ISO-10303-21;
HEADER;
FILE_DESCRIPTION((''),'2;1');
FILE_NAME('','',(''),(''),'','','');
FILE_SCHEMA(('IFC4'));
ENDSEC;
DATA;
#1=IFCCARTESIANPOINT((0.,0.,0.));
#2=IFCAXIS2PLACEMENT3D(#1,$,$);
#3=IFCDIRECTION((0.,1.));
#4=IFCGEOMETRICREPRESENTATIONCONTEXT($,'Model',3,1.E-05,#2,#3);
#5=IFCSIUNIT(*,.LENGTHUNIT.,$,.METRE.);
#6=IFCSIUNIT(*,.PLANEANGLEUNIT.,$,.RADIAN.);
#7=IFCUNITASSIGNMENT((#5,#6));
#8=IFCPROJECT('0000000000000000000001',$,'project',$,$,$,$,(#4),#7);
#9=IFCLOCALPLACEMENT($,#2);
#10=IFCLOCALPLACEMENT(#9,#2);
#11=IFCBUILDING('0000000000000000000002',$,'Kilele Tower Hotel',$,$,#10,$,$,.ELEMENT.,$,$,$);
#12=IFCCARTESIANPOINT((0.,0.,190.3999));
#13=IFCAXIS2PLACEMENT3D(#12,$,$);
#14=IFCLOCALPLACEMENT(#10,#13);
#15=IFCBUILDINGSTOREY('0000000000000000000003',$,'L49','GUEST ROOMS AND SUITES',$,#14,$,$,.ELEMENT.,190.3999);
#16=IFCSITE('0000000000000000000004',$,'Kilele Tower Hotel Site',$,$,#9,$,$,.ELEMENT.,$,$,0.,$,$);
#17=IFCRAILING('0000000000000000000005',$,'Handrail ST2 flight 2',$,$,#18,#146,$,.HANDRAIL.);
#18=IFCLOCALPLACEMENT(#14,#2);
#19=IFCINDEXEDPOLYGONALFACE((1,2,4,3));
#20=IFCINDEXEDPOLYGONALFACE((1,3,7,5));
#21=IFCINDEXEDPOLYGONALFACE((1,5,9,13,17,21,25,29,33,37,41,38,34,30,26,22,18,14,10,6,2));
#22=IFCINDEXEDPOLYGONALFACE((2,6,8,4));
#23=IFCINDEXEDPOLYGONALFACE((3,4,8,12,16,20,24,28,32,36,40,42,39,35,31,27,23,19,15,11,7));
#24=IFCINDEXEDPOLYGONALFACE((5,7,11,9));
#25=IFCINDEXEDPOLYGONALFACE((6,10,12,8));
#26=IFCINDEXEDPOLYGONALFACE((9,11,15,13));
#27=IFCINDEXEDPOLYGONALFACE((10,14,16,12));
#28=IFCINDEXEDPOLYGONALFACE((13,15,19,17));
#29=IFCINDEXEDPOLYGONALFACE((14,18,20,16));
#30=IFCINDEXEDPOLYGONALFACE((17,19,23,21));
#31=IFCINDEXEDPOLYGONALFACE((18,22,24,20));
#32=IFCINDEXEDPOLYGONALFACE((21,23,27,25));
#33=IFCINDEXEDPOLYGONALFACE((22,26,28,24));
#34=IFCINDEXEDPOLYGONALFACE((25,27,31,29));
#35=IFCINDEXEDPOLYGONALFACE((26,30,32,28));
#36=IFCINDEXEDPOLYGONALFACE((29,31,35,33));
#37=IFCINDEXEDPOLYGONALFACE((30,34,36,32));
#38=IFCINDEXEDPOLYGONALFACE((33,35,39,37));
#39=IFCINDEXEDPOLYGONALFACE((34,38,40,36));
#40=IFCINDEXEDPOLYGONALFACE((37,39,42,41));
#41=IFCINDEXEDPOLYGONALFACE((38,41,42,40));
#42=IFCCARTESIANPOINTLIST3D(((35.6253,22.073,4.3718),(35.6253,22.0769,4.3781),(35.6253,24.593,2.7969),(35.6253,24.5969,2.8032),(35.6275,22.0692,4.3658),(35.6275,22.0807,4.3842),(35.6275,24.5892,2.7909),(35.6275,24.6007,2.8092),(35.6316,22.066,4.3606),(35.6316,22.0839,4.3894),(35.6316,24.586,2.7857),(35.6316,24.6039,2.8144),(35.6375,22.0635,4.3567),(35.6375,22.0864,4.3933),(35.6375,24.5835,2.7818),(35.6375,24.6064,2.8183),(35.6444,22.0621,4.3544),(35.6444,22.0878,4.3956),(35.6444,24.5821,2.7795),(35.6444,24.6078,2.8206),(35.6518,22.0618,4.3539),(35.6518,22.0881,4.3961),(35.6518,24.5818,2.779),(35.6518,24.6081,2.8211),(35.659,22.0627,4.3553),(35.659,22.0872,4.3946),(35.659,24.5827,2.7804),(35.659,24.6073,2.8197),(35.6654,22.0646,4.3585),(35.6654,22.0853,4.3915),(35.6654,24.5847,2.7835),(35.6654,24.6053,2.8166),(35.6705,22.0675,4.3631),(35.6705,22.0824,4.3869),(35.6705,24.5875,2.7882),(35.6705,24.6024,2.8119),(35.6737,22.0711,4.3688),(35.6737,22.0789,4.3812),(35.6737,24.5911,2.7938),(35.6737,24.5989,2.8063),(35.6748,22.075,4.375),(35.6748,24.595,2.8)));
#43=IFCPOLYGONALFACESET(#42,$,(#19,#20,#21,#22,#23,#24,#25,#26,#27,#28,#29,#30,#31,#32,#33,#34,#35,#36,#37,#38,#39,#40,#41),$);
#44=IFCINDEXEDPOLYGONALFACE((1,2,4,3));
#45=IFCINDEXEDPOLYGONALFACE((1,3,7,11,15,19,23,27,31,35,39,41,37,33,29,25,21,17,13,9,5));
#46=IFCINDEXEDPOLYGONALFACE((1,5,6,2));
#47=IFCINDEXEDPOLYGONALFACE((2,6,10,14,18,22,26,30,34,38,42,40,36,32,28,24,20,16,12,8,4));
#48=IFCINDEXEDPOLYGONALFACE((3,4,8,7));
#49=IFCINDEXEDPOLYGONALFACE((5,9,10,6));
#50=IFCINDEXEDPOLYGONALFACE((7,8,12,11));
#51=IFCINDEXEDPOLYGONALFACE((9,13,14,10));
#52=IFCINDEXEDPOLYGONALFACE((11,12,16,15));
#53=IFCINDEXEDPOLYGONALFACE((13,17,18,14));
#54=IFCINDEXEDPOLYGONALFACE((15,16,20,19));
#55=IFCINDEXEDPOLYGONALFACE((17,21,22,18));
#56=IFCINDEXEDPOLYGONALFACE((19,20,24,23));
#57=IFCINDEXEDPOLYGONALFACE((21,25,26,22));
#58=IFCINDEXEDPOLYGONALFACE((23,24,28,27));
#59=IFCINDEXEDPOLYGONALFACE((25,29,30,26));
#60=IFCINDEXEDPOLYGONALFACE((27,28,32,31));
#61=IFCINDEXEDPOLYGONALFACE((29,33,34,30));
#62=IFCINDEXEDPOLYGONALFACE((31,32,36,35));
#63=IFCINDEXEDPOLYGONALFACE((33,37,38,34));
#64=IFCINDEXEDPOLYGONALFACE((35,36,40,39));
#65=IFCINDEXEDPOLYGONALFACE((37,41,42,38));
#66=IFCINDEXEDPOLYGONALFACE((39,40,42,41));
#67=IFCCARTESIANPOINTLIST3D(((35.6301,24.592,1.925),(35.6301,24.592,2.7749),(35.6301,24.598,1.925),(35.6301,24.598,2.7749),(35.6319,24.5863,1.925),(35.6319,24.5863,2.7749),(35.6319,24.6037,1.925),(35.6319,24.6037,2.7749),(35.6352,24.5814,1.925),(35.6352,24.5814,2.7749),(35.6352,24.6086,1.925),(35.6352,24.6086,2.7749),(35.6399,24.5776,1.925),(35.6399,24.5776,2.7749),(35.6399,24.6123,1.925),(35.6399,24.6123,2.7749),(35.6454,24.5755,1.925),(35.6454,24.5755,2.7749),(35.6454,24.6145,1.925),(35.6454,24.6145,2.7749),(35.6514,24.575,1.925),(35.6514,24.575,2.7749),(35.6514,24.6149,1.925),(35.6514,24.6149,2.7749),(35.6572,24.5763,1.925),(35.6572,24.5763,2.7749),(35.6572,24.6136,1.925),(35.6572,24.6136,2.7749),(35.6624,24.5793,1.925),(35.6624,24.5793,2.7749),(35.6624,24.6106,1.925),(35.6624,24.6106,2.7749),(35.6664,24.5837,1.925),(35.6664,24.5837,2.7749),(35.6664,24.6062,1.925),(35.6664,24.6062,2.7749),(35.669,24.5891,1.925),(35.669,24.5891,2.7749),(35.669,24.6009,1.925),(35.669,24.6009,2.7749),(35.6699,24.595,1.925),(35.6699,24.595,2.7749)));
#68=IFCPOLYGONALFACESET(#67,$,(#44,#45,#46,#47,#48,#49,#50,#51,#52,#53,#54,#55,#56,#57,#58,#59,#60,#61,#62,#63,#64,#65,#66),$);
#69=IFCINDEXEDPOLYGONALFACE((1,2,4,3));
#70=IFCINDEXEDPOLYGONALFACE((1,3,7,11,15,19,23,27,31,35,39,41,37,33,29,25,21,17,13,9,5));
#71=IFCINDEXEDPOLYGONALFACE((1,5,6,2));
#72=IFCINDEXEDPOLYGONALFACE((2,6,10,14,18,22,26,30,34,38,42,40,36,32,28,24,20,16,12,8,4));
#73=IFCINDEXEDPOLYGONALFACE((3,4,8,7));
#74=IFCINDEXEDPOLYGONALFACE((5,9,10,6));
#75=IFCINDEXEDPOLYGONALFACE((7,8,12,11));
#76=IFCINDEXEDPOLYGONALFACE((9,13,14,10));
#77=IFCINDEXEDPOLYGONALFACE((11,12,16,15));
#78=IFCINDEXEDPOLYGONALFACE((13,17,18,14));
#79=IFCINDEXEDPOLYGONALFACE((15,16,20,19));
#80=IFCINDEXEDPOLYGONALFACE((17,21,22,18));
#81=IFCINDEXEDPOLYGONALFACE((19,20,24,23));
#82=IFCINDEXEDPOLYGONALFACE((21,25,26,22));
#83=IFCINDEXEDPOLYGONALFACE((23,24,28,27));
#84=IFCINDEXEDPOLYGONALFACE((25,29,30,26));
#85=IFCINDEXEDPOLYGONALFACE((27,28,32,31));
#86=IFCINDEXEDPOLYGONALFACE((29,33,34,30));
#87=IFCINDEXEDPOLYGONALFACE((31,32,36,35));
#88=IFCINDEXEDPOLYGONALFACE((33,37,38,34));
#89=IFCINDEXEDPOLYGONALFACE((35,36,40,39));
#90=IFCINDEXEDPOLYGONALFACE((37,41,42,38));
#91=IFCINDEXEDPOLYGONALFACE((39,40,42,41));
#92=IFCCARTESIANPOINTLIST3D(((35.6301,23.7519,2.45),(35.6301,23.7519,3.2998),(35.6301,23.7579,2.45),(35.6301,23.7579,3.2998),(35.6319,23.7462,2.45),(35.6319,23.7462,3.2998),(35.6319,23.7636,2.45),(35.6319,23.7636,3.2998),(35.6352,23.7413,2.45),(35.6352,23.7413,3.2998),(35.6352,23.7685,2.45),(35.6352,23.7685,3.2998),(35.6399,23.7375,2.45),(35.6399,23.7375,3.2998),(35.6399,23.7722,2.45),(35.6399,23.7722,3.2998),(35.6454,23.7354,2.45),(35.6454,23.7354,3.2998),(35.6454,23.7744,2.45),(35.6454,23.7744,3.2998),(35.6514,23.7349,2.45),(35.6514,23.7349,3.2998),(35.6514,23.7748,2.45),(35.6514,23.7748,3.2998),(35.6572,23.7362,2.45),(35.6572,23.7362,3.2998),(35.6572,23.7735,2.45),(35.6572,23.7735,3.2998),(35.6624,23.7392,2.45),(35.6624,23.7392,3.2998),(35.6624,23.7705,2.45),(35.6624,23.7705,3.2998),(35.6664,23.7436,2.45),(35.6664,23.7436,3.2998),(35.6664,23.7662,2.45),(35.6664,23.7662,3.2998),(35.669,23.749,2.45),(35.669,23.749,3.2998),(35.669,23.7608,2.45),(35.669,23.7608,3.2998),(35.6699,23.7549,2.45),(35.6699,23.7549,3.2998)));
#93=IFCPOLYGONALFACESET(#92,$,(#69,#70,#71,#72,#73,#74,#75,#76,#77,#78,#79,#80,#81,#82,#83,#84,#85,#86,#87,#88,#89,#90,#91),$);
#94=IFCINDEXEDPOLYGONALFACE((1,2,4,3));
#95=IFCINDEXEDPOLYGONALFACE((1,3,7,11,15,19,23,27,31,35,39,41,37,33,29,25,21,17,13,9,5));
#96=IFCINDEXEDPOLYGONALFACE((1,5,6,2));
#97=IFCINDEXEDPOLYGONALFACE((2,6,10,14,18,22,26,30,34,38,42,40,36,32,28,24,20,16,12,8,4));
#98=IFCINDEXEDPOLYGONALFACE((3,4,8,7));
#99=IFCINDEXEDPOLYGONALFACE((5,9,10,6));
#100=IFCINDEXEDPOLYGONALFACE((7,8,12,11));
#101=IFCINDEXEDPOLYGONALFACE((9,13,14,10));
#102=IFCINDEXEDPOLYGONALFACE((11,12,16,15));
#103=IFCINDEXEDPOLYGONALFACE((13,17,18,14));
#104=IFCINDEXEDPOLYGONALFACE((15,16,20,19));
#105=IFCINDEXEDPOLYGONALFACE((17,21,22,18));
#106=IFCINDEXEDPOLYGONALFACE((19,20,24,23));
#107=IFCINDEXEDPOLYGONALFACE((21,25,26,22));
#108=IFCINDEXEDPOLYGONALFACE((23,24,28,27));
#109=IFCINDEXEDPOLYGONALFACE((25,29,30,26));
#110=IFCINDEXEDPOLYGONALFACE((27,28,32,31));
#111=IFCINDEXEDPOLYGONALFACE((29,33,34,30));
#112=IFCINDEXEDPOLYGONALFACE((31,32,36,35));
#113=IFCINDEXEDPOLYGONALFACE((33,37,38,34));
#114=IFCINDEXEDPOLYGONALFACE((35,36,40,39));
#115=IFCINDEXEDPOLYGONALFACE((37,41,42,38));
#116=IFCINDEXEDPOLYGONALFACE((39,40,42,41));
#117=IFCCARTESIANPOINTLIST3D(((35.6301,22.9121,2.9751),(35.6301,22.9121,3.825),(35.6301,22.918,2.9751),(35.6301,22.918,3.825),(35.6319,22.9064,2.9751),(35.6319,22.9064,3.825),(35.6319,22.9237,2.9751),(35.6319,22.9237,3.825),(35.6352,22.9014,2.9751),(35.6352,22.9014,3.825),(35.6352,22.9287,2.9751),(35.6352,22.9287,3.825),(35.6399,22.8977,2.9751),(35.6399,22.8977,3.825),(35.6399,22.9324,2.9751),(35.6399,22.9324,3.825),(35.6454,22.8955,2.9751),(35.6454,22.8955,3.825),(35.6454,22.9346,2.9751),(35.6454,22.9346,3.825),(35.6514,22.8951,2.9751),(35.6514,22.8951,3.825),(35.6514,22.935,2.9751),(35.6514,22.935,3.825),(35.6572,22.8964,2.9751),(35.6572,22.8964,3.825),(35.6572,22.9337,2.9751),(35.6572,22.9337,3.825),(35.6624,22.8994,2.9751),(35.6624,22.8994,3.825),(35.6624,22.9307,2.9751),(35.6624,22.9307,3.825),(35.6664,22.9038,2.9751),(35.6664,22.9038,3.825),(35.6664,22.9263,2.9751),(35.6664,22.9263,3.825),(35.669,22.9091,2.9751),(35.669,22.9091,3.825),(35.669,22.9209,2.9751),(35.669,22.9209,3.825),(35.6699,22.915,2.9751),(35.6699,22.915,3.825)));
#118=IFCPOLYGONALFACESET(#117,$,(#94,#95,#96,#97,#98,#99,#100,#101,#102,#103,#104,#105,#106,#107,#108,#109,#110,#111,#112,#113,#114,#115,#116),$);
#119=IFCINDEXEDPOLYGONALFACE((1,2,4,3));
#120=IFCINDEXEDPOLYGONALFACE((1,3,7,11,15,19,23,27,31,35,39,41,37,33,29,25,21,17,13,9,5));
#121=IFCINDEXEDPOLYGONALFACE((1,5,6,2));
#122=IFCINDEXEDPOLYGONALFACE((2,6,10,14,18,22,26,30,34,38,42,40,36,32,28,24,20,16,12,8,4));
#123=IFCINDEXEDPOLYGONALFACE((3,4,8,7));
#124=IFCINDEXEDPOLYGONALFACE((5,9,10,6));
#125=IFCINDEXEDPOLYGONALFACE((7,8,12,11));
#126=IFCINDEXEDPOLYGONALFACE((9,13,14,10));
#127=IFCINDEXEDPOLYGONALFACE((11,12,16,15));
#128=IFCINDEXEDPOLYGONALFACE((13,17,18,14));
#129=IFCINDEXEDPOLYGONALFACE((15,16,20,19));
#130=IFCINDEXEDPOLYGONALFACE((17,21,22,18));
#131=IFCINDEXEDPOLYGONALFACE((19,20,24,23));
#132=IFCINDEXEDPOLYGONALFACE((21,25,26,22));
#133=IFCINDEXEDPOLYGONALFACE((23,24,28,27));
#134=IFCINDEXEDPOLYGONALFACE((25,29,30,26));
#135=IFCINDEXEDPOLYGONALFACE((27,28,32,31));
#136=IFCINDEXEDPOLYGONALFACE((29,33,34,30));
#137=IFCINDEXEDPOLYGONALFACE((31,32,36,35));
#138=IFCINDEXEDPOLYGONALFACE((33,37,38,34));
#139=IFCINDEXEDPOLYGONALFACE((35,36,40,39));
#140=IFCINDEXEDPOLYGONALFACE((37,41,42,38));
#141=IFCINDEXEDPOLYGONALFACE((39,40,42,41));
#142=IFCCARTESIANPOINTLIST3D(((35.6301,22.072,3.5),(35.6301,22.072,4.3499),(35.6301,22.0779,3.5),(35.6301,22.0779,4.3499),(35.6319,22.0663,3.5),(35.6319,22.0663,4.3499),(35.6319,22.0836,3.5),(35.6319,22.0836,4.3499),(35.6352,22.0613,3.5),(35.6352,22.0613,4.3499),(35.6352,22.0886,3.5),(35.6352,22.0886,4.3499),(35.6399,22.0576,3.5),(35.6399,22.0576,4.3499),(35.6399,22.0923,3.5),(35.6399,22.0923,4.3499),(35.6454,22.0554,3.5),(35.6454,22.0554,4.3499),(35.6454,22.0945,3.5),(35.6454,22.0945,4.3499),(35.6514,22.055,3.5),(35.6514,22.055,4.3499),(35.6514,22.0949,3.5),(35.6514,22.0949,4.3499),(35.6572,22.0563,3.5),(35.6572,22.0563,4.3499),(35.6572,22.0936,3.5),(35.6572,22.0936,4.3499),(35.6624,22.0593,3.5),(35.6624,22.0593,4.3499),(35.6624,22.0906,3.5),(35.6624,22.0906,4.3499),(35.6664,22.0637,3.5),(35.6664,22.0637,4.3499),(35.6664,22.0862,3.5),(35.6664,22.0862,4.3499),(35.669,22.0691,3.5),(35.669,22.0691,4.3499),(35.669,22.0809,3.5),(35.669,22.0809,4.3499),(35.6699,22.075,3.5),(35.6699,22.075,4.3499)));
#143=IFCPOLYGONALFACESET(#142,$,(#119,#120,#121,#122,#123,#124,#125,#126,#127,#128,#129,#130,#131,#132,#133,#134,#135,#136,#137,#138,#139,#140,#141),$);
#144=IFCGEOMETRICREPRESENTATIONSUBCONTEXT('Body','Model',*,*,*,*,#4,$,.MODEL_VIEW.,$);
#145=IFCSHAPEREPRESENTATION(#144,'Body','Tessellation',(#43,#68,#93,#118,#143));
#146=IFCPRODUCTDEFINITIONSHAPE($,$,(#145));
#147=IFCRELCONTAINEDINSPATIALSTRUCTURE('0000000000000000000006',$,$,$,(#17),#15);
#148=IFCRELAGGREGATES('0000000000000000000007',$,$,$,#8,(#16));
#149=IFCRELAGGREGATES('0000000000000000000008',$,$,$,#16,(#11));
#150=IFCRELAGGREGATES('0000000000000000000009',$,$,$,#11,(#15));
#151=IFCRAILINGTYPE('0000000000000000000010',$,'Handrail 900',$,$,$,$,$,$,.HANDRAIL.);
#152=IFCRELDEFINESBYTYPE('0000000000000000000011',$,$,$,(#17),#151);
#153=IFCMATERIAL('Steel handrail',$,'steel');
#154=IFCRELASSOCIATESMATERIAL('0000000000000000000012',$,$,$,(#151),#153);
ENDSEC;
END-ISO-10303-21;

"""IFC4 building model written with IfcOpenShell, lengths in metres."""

from ifc_helpers import new_model, si_unit, direction, frame, origin, origin_2d, place, context, subcontext, project, spatial, circle, extrude, material, type_object, element, save


model = new_model("IFC4")

# Units and contexts
model_context = context("Model", 3, precision=1e-05, world=origin(), true_north=direction((0.0, 1.0)))
body_context = subcontext(model_context, "Body", "Model", "MODEL_VIEW")
ifc_project = project(units=[si_unit("LENGTHUNIT", "METRE"), si_unit("PLANEANGLEUNIT", "RADIAN")], contexts=[model_context])

# Site, building, storey
site_placement = place(None, origin())
site = spatial("IfcSite", under=ifc_project, at=site_placement, Name="Kilele Tower Hotel Site", CompositionType="ELEMENT", RefElevation=0.0)
building_placement = place(site_placement, origin())
building = spatial("IfcBuilding", under=site, at=building_placement, Name="Kilele Tower Hotel", CompositionType="ELEMENT")
storey_placement = place(building_placement, frame((0.0, 0.0, 190.3999)))
storey = spatial("IfcBuildingStorey", under=building, at=storey_placement, Name="L49", Description="GUEST ROOMS AND SUITES", CompositionType="ELEMENT", Elevation=190.3999)

# Railing
ifc_material_1 = material(Name="Steel handrail", Category="steel")
railing_type_1 = type_object("IfcRailingType", Name="Handrail 900", PredefinedType="HANDRAIL", material=ifc_material_1)
for number, where, name in (
    (1, (35.6499, 24.595, 1.925), "Handrail ST2 flight 2"),
):
    element("IfcRailing", number, at=place(storey_placement, frame(where)), inside=storey, type_object=railing_type_1, Name=name, PredefinedType="HANDRAIL", context=body_context, shape_type="SweptSolid", body=[
        extrude(circle(Radius=0.0249, at=origin_2d()), frame((0.0, 0.0, 0.875), z_axis=(0.0, -0.848008, 0.529984), x_axis=(1.0, 0.0, 0.0)), (0.0, 0.0, 1.0), 2.9717),
        extrude(circle(Radius=0.02, at=origin_2d()), origin(), (0.0, 0.0, 1.0), 0.8499),
        extrude(circle(Radius=0.02, at=origin_2d()), frame((0.0, -0.8401, 0.5249)), (0.0, 0.0, 1.0), 0.8499),
        extrude(circle(Radius=0.02, at=origin_2d()), frame((0.0, -1.6799, 1.05)), (0.0, 0.0, 1.0), 0.8499),
        extrude(circle(Radius=0.02, at=origin_2d()), frame((0.0, -2.52, 1.575)), (0.0, 0.0, 1.0), 0.8499),
    ])

save(model, "model.ifc")
